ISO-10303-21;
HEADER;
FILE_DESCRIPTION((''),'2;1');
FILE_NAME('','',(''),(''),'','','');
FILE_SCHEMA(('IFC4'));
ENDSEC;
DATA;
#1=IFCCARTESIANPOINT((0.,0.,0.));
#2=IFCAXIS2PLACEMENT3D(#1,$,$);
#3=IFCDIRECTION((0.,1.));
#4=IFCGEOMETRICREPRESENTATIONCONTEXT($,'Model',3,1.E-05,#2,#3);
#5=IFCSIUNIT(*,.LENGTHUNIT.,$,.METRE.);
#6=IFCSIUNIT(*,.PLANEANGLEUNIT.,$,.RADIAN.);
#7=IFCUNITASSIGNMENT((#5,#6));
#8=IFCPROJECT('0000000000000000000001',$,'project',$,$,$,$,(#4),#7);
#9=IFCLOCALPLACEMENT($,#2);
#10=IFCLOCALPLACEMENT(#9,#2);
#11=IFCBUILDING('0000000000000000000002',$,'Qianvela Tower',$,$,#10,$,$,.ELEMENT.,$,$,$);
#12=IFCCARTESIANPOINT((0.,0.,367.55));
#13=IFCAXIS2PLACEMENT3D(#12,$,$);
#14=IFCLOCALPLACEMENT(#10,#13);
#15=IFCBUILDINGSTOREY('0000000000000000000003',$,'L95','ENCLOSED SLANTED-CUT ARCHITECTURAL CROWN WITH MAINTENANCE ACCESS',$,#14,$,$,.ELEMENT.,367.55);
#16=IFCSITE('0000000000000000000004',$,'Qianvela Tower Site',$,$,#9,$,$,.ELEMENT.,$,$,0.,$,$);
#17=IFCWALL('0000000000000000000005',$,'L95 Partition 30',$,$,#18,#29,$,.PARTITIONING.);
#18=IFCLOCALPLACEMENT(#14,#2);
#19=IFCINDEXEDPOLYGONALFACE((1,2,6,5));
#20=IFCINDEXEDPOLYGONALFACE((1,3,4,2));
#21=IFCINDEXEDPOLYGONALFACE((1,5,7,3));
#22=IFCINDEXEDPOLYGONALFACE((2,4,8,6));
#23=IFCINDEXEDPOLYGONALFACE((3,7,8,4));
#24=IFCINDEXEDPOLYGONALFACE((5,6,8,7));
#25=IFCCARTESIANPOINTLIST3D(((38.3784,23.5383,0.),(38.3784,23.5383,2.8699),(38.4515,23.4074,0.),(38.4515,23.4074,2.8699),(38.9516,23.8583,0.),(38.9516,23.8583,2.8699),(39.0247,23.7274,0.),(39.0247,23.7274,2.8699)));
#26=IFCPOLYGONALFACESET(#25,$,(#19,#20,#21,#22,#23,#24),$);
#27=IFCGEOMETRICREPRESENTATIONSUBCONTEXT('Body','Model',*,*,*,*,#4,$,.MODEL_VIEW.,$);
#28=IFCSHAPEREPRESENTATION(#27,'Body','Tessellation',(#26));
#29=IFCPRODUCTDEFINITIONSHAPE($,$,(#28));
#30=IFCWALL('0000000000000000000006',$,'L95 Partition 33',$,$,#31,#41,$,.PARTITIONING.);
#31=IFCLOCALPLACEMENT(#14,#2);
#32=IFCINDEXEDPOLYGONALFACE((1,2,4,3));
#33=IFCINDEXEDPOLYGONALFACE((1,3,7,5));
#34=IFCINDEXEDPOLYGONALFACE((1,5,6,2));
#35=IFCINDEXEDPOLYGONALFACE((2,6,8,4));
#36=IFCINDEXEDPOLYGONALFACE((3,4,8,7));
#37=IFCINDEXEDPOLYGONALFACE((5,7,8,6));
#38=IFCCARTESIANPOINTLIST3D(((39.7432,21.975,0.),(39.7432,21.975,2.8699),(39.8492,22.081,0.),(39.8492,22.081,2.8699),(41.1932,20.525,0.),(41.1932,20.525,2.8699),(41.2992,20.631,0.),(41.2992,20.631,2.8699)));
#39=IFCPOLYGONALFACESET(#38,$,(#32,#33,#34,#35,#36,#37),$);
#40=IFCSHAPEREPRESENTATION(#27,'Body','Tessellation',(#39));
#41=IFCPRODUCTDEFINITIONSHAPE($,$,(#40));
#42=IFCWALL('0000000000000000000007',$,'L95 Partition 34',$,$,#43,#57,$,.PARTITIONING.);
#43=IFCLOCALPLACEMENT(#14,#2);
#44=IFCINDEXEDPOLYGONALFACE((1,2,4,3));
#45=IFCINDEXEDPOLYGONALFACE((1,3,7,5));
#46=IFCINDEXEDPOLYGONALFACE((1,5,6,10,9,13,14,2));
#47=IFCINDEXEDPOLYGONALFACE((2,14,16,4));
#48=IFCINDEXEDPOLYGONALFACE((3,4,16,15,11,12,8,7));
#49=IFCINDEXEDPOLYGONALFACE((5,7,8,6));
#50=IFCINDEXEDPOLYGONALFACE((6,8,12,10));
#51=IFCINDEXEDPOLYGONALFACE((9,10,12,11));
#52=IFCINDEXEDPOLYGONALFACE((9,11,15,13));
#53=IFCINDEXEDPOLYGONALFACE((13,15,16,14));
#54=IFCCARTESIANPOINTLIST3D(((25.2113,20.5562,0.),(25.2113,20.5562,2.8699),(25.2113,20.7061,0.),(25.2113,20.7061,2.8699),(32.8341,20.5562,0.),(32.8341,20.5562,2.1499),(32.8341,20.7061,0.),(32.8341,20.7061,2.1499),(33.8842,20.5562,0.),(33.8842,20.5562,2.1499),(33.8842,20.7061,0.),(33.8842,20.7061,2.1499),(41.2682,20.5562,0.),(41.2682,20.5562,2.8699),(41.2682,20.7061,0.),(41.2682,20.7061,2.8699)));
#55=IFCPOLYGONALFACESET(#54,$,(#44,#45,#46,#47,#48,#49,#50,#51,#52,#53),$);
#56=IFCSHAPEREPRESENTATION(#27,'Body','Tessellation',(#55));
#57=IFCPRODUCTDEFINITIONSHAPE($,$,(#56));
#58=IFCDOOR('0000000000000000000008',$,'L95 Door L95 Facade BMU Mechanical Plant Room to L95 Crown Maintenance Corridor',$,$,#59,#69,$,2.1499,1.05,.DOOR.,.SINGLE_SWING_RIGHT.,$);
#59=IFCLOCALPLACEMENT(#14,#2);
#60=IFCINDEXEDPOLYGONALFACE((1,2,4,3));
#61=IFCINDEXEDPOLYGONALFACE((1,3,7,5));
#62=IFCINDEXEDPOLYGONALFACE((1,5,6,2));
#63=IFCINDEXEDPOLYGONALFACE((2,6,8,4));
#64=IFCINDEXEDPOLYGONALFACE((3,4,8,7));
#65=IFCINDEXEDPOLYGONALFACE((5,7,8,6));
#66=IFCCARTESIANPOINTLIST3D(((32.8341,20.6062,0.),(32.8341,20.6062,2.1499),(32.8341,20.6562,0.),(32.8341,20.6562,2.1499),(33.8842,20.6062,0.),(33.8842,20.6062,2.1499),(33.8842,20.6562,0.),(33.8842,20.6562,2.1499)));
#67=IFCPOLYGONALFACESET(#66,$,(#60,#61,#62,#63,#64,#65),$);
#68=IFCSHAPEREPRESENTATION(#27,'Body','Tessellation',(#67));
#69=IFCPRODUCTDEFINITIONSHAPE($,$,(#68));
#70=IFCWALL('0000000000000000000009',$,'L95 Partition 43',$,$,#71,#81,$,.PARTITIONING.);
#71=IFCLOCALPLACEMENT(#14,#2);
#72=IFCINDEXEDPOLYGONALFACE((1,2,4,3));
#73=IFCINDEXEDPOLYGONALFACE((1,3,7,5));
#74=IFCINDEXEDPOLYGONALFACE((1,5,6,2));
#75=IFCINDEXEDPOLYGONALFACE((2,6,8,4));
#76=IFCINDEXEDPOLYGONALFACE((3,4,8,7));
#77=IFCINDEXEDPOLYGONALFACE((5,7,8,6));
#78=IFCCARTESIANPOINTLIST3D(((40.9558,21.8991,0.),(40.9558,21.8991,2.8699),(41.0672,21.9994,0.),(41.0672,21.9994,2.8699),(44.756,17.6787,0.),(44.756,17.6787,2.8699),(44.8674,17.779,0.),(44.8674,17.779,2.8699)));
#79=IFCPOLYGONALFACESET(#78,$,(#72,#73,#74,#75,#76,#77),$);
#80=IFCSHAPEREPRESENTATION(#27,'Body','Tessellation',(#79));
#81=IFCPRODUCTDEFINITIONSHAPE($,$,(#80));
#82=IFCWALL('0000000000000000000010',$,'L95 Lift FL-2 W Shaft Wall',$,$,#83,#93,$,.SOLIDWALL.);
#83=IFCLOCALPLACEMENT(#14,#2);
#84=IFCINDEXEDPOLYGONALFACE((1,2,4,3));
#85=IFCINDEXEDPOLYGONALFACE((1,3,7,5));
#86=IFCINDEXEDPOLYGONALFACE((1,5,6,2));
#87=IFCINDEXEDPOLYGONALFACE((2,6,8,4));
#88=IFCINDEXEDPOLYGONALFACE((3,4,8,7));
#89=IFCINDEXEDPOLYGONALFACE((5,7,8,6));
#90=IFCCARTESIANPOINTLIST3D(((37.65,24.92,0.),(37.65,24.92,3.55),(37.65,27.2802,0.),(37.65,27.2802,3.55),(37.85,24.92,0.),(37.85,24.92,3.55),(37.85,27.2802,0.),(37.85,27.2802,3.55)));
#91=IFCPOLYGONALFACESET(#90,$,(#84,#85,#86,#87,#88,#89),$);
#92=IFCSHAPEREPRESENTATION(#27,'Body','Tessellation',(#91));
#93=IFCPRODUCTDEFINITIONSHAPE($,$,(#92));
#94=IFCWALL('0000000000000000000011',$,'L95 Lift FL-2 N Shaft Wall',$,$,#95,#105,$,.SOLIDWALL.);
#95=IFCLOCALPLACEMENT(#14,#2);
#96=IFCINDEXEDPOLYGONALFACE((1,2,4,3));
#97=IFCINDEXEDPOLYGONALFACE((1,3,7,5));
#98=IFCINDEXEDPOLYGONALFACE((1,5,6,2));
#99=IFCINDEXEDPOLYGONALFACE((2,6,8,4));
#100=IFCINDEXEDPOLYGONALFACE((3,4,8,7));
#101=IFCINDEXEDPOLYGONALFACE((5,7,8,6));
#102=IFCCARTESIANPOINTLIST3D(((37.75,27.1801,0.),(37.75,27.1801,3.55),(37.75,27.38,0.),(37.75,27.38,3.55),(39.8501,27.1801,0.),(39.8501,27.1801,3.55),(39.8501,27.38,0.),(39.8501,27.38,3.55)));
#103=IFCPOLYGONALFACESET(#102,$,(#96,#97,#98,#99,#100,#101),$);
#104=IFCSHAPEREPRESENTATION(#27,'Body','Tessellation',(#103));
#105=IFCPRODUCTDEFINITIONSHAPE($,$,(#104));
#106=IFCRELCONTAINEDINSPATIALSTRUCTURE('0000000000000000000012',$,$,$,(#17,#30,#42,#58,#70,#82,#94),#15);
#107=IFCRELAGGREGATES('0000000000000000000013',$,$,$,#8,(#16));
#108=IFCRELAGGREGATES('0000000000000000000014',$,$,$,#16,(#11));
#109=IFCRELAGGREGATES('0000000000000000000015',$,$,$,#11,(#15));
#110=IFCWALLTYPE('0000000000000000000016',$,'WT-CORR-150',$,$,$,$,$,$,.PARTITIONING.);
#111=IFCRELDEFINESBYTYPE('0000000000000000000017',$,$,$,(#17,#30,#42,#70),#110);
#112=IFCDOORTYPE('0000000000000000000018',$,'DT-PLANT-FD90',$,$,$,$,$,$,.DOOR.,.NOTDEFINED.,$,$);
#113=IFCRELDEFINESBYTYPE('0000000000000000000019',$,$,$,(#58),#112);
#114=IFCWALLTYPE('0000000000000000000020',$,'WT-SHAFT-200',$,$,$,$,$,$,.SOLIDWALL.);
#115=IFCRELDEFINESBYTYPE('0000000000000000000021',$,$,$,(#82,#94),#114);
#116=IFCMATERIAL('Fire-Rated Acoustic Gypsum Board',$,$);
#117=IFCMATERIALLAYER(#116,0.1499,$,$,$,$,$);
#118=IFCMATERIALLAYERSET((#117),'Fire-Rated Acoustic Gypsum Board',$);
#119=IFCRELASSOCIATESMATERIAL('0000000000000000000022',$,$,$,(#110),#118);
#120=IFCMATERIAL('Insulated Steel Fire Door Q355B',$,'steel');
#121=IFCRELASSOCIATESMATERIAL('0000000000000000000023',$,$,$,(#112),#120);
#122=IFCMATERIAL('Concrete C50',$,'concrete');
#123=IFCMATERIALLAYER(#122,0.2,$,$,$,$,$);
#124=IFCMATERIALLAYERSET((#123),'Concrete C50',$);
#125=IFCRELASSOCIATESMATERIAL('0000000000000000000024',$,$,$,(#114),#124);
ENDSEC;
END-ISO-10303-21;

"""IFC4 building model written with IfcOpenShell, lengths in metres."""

from ifc_helpers import new_model, si_unit, direction, frame, frame_2d, origin, place, context, subcontext, project, spatial, rectangle, extrude, material, layer, layer_set, type_object, element, fill, save


model = new_model("IFC4")

# Units and contexts
model_context = context("Model", 3, precision=1e-05, world=origin(), true_north=direction((0.0, 1.0)))
body_context = subcontext(model_context, "Body", "Model", "MODEL_VIEW")
ifc_project = project(units=[si_unit("LENGTHUNIT", "METRE"), si_unit("PLANEANGLEUNIT", "RADIAN")], contexts=[model_context])

# Site, building, storey
site_placement = place(None, origin())
site = spatial("IfcSite", under=ifc_project, at=site_placement, Name="Qianvela Tower Site", CompositionType="ELEMENT", RefElevation=0.0)
building_placement = place(site_placement, origin())
building = spatial("IfcBuilding", under=site, at=building_placement, Name="Qianvela Tower", CompositionType="ELEMENT")
storey_placement = place(building_placement, frame((0.0, 0.0, 367.55)))
storey = spatial("IfcBuildingStorey", under=building, at=storey_placement, Name="L95", Description="ENCLOSED SLANTED-CUT ARCHITECTURAL CROWN WITH MAINTENANCE ACCESS", CompositionType="ELEMENT", Elevation=367.55)

# Shared definitions
ifc_material_1 = material(Name="Fire-Rated Acoustic Gypsum Board")
ifc_layer_1 = layer(ifc_material_1, 0.1499)
ifc_layer_set_1 = layer_set([ifc_layer_1], Name="Fire-Rated Acoustic Gypsum Board")
wall_type_1 = type_object("IfcWallType", Name="WT-CORR-150", PredefinedType="PARTITIONING", material=ifc_layer_set_1)

# Walls
wall_1_placement = place(storey_placement, frame((38.415, 23.4729, 0.0), z_axis=(0.0, 0.0, 1.0), x_axis=(0.87312, 0.487505, 0.0)))
element("IfcWall", 1, at=wall_1_placement, inside=storey, type_object=wall_type_1, Name="L95 Partition 30", PredefinedType="PARTITIONING", context=body_context, shape_type="SweptSolid", body=[
    extrude(rectangle(XDim=0.6565, YDim=0.1499, at=frame_2d((0.3281, 0.0))), origin(), (0.0, 0.0, 1.0), 2.8699),
])
wall_2_placement = place(storey_placement, frame((39.7961, 22.0281, 0.0), z_axis=(0.0, 0.0, 1.0), x_axis=(0.707107, -0.707107, 0.0)))
element("IfcWall", 2, at=wall_2_placement, inside=storey, type_object=wall_type_1, Name="L95 Partition 33", PredefinedType="PARTITIONING", context=body_context, shape_type="SweptSolid", body=[
    extrude(rectangle(XDim=2.0505, YDim=0.1499, at=frame_2d((1.0254, 0.0))), origin(), (0.0, 0.0, 1.0), 2.8699),
])

# Wall, opening, door
wall_3_placement = place(storey_placement, frame((41.2681, 20.6311, 0.0), z_axis=(0.0, 0.0, 1.0), x_axis=(-1.0, 0.0, 0.0)))
wall_3 = element("IfcWall", 3, at=wall_3_placement, inside=storey, type_object=wall_type_1, Name="L95 Partition 34", PredefinedType="PARTITIONING", context=body_context, shape_type="SweptSolid", body=[
    extrude(rectangle(XDim=16.0569, YDim=0.1499, at=frame_2d((8.0283, 0.0))), origin(), (0.0, 0.0, 1.0), 2.8699),
])
opening_1_placement = place(wall_3_placement, frame((7.384, 0.0, 0.0)))
opening_1 = element("IfcOpeningElement", 4, at=opening_1_placement, cuts=wall_3, PredefinedType="OPENING", context=body_context, shape_type="SweptSolid", body=[
    extrude(rectangle(XDim=1.05, YDim=2.1499, at=frame_2d((0.5249, 1.075))), frame((0.0, 0.085, 0.0), z_axis=(0.0, -1.0, 0.0), x_axis=(1.0, 0.0, 0.0)), (0.0, 0.0, 1.0), 0.1699),
])
ifc_material_2 = material(Name="Insulated Steel Fire Door Q355B", Category="steel")
door_type_1 = type_object("IfcDoorType", Name="DT-PLANT-FD90", OperationType="NOTDEFINED", PredefinedType="DOOR", material=ifc_material_2)
door_1_placement = place(opening_1_placement, origin())
door_1 = element("IfcDoor", 5, at=door_1_placement, inside=storey, type_object=door_type_1, Name="L95 Door L95 Facade BMU Mechanical Plant Room to L95 Crown Maintenance Corridor", OperationType="SINGLE_SWING_RIGHT", OverallHeight=2.1499, OverallWidth=1.05, PredefinedType="DOOR", context=body_context, shape_type="SweptSolid", body=[
    extrude(rectangle(XDim=1.05, YDim=2.1499, at=frame_2d((0.5249, 1.075))), frame((0.0, 0.0249, 0.0), z_axis=(0.0, -1.0, 0.0), x_axis=(1.0, 0.0, 0.0)), (0.0, 0.0, 1.0), 0.05),
])
fill(opening_1, door_1)

# Wall
wall_4_placement = place(storey_placement, frame((41.0115, 21.9492, 0.0), z_axis=(0.0, 0.0, 1.0), x_axis=(0.669148, -0.74313, 0.0)))
element("IfcWall", 6, at=wall_4_placement, inside=storey, type_object=wall_type_1, Name="L95 Partition 43", PredefinedType="PARTITIONING", context=body_context, shape_type="SweptSolid", body=[
    extrude(rectangle(XDim=5.6792, YDim=0.1499, at=frame_2d((2.8396, 0.0))), origin(), (0.0, 0.0, 1.0), 2.8699),
])

# Shared definitions
ifc_material_3 = material(Name="Concrete C50", Category="concrete")
ifc_layer_2 = layer(ifc_material_3, 0.2)
ifc_layer_set_2 = layer_set([ifc_layer_2], Name="Concrete C50")
wall_type_2 = type_object("IfcWallType", Name="WT-SHAFT-200", PredefinedType="SOLIDWALL", material=ifc_layer_set_2)

# Walls
wall_5_placement = place(storey_placement, frame((37.75, 24.9199, 0.0), z_axis=(0.0, 0.0, 1.0), x_axis=(0.0, 1.0, 0.0)))
element("IfcWall", 7, at=wall_5_placement, inside=storey, type_object=wall_type_2, Name="L95 Lift FL-2 W Shaft Wall", PredefinedType="SOLIDWALL", context=body_context, shape_type="SweptSolid", body=[
    extrude(rectangle(XDim=2.3601, YDim=0.2, at=frame_2d((1.1802, 0.0))), origin(), (0.0, 0.0, 1.0), 3.55),
])
wall_6_placement = place(storey_placement, frame((37.75, 27.28, 0.0), z_axis=(0.0, 0.0, 1.0), x_axis=(1.0, 0.0, 0.0)))
element("IfcWall", 8, at=wall_6_placement, inside=storey, type_object=wall_type_2, Name="L95 Lift FL-2 N Shaft Wall", PredefinedType="SOLIDWALL", context=body_context, shape_type="SweptSolid", body=[
    extrude(rectangle(XDim=2.1001, YDim=0.2, at=frame_2d((1.05, 0.0))), origin(), (0.0, 0.0, 1.0), 3.55),
])

save(model, "model.ifc")
